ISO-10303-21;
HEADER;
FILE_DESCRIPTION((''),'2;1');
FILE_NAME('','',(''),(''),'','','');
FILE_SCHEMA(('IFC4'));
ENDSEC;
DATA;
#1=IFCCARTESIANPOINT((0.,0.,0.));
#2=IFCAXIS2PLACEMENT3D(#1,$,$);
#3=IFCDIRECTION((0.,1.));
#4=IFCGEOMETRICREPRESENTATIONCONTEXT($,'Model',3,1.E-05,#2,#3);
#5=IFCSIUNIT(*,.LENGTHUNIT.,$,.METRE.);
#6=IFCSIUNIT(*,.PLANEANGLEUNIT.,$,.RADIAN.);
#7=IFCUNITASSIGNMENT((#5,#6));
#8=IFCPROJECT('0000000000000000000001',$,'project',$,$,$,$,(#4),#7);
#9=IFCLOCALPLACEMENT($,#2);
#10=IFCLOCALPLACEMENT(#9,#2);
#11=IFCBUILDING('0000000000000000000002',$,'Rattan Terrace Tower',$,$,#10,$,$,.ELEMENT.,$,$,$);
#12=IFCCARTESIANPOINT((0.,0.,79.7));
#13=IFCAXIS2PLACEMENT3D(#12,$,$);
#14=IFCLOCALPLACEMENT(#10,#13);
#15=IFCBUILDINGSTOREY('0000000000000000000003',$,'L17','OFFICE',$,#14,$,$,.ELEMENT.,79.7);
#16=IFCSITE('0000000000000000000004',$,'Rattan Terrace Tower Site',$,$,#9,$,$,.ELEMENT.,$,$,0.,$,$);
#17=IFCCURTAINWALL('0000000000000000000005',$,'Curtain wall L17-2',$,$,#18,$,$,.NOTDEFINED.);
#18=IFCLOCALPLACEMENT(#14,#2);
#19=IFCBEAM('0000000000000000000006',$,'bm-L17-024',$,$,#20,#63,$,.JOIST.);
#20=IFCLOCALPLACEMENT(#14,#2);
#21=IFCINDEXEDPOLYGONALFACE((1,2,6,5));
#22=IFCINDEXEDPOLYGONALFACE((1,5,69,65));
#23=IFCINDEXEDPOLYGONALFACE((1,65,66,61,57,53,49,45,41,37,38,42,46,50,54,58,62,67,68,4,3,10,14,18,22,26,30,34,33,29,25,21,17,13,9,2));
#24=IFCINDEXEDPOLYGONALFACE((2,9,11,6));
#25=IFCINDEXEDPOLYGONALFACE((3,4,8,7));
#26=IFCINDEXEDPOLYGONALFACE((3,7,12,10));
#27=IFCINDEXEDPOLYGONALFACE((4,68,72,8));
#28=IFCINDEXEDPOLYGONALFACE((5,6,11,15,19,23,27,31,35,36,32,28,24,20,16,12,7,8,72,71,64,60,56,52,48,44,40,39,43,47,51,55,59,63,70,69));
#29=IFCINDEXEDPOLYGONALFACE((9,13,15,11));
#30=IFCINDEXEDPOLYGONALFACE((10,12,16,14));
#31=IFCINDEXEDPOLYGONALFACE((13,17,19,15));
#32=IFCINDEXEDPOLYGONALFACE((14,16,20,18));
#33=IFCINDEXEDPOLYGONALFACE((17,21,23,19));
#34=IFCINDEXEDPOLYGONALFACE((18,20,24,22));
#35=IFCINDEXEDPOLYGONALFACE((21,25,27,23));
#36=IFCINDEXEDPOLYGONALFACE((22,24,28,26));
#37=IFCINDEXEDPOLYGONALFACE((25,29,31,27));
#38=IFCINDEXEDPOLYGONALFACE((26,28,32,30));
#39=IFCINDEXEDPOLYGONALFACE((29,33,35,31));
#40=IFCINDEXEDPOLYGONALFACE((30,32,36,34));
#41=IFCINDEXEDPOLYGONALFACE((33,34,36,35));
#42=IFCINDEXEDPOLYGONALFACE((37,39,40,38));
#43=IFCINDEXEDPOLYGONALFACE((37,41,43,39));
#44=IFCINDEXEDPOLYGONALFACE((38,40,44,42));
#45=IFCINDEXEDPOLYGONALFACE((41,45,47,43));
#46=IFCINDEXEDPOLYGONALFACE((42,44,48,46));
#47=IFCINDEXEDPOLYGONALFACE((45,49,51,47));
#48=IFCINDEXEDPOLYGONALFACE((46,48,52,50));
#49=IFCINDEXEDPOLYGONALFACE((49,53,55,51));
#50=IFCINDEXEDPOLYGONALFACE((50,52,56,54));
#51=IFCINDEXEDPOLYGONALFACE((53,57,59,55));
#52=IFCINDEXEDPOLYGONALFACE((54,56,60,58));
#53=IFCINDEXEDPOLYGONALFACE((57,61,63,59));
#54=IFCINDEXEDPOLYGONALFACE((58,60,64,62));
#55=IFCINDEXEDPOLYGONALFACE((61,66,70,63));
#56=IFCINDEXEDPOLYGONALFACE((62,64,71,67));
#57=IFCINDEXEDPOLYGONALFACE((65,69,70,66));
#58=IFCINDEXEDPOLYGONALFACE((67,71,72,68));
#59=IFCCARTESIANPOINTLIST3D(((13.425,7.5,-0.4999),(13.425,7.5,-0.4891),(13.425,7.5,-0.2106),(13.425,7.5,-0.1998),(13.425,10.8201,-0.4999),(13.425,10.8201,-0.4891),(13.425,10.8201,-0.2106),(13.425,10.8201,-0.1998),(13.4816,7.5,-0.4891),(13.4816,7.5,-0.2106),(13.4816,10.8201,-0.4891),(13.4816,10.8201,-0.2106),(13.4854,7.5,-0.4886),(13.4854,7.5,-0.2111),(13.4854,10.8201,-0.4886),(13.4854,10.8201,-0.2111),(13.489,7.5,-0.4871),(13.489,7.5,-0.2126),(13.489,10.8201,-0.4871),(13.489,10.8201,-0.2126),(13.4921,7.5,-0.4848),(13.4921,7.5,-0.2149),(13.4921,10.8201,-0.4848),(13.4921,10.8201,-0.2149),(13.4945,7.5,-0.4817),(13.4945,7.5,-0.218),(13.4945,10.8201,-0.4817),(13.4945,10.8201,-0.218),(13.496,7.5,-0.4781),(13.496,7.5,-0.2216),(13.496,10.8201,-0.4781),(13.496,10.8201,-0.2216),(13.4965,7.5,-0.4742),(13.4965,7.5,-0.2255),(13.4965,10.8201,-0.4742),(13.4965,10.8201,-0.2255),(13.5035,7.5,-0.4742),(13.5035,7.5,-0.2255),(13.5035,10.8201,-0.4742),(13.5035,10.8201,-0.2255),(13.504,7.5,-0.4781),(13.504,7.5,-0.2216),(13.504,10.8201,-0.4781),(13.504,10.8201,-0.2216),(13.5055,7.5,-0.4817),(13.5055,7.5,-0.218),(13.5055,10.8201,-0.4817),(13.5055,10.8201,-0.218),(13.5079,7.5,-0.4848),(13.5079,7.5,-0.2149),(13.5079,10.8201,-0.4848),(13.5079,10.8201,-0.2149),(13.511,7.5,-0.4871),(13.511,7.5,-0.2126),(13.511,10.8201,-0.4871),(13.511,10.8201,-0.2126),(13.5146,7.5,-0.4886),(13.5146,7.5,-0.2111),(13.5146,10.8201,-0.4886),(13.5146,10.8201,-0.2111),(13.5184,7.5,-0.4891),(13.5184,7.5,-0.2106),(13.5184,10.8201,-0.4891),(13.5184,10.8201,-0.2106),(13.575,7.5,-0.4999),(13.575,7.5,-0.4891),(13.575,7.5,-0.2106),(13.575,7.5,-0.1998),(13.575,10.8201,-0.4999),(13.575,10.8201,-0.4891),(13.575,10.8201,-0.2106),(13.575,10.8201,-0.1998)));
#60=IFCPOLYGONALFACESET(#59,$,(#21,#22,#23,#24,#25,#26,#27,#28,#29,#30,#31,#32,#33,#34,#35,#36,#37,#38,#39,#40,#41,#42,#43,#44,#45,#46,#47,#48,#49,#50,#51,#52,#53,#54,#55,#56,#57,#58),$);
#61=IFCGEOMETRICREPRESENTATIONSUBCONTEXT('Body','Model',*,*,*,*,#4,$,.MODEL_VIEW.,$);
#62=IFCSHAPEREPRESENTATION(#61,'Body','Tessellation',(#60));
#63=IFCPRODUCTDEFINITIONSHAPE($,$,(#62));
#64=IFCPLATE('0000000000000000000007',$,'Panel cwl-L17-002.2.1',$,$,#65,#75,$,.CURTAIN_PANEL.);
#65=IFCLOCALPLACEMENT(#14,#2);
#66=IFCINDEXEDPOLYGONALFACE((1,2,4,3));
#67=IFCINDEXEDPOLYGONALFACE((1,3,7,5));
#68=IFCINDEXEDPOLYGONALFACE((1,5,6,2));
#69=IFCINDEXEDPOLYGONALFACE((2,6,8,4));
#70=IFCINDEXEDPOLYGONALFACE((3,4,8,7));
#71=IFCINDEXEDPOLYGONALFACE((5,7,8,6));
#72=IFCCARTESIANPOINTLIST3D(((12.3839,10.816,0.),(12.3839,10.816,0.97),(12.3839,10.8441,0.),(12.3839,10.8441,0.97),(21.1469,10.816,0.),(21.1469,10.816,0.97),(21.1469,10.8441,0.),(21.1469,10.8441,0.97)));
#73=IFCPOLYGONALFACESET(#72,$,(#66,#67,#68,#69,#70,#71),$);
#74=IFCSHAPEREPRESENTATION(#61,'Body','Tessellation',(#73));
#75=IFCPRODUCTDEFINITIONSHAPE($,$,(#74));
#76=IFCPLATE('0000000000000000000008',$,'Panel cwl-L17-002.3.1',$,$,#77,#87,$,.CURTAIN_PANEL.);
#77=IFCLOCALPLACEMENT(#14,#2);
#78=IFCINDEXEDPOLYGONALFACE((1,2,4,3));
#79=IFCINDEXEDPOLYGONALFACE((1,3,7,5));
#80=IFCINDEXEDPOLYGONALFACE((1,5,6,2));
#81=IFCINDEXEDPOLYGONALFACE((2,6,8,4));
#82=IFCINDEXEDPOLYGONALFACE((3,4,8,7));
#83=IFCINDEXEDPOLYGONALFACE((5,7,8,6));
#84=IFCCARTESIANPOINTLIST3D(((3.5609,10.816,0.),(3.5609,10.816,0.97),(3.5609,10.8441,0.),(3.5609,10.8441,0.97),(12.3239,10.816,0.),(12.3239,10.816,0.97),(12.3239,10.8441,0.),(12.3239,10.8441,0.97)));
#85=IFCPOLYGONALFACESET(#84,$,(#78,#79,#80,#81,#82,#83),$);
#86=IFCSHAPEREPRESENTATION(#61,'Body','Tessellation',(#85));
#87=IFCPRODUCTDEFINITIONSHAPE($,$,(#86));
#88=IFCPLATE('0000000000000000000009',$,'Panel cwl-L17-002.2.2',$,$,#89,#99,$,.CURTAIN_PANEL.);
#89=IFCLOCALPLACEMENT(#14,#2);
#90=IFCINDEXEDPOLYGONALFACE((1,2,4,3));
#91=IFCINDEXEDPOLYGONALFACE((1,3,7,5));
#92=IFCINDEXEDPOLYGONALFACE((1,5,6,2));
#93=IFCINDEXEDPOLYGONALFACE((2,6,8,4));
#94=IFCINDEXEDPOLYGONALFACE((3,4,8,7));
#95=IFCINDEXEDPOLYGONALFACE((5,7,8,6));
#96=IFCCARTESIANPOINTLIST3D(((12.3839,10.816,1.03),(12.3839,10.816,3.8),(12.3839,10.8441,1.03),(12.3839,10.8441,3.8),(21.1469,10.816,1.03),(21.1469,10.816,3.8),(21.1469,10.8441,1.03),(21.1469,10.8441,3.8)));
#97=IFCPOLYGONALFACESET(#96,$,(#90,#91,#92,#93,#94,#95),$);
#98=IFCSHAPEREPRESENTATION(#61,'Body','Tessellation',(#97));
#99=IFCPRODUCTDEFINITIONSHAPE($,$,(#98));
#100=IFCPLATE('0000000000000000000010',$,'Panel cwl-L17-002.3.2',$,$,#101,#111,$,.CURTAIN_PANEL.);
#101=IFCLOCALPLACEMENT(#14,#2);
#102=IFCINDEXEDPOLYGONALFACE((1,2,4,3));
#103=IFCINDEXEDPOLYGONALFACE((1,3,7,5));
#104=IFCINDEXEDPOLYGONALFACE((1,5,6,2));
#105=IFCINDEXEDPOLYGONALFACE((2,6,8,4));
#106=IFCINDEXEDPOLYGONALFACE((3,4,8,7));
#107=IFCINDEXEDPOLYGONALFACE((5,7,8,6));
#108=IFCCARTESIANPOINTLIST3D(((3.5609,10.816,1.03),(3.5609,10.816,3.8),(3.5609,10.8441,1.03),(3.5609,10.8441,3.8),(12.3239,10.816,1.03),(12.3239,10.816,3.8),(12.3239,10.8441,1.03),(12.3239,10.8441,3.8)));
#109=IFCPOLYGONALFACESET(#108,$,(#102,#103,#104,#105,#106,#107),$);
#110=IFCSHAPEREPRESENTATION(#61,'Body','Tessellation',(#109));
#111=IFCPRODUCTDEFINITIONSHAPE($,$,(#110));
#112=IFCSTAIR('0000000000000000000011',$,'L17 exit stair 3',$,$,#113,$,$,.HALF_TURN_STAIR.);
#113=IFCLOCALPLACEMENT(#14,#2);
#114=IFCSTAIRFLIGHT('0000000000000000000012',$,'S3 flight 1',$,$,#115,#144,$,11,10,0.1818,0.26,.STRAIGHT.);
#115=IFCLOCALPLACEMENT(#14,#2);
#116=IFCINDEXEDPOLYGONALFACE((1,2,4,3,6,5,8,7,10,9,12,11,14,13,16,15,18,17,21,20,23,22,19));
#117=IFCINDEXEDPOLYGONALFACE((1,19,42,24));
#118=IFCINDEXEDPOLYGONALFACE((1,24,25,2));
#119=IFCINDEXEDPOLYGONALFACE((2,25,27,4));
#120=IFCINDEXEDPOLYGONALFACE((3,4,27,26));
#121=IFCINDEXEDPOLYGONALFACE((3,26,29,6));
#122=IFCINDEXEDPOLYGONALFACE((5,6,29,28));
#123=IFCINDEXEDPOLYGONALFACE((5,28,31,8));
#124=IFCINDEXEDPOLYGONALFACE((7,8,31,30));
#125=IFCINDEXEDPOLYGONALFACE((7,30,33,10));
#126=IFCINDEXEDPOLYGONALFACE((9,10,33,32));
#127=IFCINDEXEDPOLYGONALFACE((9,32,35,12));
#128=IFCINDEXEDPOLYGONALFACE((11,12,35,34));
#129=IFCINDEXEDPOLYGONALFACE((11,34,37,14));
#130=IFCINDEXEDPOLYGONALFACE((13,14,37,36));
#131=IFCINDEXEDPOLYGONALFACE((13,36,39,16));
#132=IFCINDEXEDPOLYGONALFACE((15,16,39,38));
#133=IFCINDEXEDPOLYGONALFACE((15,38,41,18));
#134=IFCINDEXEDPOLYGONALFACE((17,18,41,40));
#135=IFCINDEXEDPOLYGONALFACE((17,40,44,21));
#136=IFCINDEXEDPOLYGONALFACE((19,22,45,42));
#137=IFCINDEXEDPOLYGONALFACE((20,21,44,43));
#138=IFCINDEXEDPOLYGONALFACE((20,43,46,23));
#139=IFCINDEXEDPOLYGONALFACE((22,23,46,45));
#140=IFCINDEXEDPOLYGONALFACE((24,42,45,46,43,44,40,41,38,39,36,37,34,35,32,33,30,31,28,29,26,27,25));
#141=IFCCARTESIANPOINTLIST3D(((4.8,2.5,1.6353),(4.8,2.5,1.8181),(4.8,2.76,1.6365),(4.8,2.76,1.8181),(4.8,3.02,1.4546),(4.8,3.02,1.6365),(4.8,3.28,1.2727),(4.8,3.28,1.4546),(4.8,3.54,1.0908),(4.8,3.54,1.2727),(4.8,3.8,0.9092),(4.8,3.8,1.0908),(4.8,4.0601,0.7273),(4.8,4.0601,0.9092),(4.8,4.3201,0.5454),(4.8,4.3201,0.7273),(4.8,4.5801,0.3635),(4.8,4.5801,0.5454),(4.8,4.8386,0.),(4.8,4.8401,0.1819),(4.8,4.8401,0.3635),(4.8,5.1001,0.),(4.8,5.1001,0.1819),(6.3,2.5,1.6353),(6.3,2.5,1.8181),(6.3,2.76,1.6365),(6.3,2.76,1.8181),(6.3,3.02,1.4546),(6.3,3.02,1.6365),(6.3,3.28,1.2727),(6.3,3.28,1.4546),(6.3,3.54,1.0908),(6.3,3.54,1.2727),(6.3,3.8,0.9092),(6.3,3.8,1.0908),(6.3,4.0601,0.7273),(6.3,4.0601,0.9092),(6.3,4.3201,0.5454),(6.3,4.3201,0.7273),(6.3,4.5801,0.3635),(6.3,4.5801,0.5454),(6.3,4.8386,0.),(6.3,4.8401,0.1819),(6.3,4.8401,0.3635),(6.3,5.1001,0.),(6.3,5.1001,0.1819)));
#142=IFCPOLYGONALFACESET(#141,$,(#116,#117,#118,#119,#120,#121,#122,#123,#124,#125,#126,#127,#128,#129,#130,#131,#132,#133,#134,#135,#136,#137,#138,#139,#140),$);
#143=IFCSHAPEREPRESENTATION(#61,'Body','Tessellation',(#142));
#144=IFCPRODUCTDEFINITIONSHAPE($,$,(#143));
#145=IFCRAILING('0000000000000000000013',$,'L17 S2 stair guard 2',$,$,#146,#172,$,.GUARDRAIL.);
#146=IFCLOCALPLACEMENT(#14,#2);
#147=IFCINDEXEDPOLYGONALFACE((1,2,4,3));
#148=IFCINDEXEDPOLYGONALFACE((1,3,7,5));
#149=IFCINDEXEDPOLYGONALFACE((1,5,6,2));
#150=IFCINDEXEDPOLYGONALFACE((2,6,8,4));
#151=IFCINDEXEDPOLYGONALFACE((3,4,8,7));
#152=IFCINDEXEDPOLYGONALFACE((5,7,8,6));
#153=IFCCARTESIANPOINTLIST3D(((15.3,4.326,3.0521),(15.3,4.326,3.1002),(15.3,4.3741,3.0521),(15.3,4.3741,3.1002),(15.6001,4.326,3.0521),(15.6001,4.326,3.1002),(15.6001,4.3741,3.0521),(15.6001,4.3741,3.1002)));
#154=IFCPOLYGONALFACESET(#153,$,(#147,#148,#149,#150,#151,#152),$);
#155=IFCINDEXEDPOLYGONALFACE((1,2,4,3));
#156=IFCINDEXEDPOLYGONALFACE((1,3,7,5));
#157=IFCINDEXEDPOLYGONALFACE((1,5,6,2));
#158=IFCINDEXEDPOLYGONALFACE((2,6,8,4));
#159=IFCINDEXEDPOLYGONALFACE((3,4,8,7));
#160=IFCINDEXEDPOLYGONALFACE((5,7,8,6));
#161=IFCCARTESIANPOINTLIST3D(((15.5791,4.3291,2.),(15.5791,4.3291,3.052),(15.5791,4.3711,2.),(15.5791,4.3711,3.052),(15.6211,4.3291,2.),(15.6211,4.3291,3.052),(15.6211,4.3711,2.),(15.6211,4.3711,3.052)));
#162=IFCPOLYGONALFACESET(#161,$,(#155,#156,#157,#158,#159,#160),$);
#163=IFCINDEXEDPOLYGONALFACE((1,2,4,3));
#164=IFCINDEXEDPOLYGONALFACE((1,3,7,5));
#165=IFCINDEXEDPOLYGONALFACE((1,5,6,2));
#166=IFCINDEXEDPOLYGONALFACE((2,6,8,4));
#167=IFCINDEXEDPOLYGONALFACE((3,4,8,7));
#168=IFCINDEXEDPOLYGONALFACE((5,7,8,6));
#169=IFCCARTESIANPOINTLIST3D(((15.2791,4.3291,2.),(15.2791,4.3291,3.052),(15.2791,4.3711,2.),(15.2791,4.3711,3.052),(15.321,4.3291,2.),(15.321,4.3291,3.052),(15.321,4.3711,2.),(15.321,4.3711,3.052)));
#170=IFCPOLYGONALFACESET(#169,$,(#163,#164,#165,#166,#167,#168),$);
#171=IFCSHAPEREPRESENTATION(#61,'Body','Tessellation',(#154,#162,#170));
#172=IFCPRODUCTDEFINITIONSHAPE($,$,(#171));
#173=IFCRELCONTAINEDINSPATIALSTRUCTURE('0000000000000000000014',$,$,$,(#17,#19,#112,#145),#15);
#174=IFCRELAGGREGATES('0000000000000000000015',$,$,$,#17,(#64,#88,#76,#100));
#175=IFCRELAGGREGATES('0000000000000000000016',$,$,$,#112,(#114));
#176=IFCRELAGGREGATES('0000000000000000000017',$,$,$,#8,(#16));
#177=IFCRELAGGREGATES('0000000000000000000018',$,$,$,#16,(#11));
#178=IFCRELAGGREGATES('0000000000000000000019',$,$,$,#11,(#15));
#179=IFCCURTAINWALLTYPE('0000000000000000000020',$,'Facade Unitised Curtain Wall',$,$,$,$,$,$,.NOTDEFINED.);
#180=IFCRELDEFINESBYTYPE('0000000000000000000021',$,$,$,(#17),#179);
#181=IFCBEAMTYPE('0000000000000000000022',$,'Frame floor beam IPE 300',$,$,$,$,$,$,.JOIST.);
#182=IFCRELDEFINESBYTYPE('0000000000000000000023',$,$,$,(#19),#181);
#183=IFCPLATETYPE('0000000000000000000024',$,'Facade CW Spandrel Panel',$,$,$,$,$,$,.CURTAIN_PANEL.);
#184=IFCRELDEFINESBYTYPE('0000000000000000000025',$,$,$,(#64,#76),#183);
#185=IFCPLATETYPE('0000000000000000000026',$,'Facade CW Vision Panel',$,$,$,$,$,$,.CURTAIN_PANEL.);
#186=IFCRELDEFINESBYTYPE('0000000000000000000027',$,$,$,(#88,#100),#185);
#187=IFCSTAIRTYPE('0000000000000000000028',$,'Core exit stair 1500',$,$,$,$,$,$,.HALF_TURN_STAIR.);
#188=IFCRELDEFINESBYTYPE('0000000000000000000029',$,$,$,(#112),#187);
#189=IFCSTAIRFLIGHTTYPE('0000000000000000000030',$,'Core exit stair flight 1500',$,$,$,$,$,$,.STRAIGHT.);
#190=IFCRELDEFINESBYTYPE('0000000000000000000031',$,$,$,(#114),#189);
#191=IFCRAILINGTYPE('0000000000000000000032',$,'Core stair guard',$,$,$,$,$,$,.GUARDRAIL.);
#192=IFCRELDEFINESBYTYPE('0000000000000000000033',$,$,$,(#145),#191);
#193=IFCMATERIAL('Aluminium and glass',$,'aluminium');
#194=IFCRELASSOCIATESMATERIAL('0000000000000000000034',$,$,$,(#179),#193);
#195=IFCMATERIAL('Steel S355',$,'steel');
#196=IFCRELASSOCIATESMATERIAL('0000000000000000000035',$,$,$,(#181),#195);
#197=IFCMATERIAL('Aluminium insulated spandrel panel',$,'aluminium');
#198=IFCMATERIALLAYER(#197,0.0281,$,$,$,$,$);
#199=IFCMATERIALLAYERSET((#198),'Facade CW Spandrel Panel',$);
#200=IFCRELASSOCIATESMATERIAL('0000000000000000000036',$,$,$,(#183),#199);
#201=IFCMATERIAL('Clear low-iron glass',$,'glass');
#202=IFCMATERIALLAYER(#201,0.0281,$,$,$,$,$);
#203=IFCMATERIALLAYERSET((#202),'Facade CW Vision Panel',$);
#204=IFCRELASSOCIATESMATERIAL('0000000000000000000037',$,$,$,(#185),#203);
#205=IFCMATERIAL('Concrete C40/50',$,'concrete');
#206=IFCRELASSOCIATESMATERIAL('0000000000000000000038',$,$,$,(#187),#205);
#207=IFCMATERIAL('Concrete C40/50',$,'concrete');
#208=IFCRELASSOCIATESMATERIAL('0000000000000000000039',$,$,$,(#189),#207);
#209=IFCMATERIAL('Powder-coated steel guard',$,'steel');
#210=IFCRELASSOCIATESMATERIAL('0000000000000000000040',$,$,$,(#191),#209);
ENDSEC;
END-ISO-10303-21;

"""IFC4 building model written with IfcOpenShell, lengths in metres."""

from ifc_helpers import new_model, si_unit, direction, frame, origin, origin_2d, place, context, subcontext, project, spatial, polyline, rectangle, i_section, outline, extrude, material, layer, layer_set, material_profile, profile_set, type_object, element, aggregate, save


model = new_model("IFC4")

# Units and contexts
model_context = context("Model", 3, precision=1e-05, world=origin(), true_north=direction((0.0, 1.0)))
body_context = subcontext(model_context, "Body", "Model", "MODEL_VIEW")
ifc_project = project(units=[si_unit("LENGTHUNIT", "METRE"), si_unit("PLANEANGLEUNIT", "RADIAN")], contexts=[model_context])

# Site, building, storey
site_placement = place(None, origin())
site = spatial("IfcSite", under=ifc_project, at=site_placement, Name="Rattan Terrace Tower Site", CompositionType="ELEMENT", RefElevation=0.0)
building_placement = place(site_placement, origin())
building = spatial("IfcBuilding", under=site, at=building_placement, Name="Rattan Terrace Tower", CompositionType="ELEMENT")
storey_placement = place(building_placement, frame((0.0, 0.0, 79.7)))
storey = spatial("IfcBuildingStorey", under=building, at=storey_placement, Name="L17", Description="OFFICE", CompositionType="ELEMENT", Elevation=79.7)

# Curtain wall
ifc_material_1 = material(Name="Aluminium and glass", Category="aluminium")
curtain_wall_type = type_object("IfcCurtainWallType", Name="Facade Unitised Curtain Wall", PredefinedType="NOTDEFINED", material=ifc_material_1)
curtain_wall_placement = place(storey_placement, origin())
curtain_wall = element("IfcCurtainWall", 1, at=curtain_wall_placement, inside=storey, type_object=curtain_wall_type, Name="Curtain wall L17-2", PredefinedType="NOTDEFINED")

# Beam
ifc_material_2 = material(Name="Steel S355", Category="steel")
ifc_material_profile_1 = material_profile(ifc_material_2, i_section(OverallWidth=0.1499, OverallDepth=0.3, WebThickness=0.0071, FlangeThickness=0.0107, FilletRadius=0.0149, at=origin_2d()), Name="IPE 300")
ifc_profile_set_1 = profile_set([ifc_material_profile_1], Name="Steel S355")
beam_type_1 = type_object("IfcBeamType", Name="Frame floor beam IPE 300", PredefinedType="JOIST", material=ifc_profile_set_1)
for number, where, z_axis, x_axis, name in (
    (2, (13.5, 7.5, -0.3499), (0.0, 1.0, 0.0), (-1.0, 0.0, 0.0), "bm-L17-024"),
):
    element("IfcBeam", number, at=place(storey_placement, frame(where, z_axis=z_axis, x_axis=x_axis)), inside=storey, type_object=beam_type_1, Name=name, PredefinedType="JOIST", context=body_context, shape_type="SweptSolid", body=[
        extrude(i_section(OverallWidth=0.1499, OverallDepth=0.3, WebThickness=0.0071, FlangeThickness=0.0107, FilletRadius=0.0149, at=origin_2d()), origin(), (0.0, 0.0, 1.0), 3.3201),
    ])

# Plates
ifc_material_3 = material(Name="Aluminium insulated spandrel panel", Category="aluminium")
ifc_layer_1 = layer(ifc_material_3, 0.0281)
ifc_layer_set_1 = layer_set([ifc_layer_1], Name="Facade CW Spandrel Panel")
plate_type_1 = type_object("IfcPlateType", Name="Facade CW Spandrel Panel", PredefinedType="CURTAIN_PANEL", material=ifc_layer_set_1)
plate_1_placement = place(storey_placement, frame((16.7654, 10.8301, 0.0), z_axis=(0.0, 0.0, 1.0), x_axis=(-1.0, 0.0, 0.0)))
plate_1 = element("IfcPlate", 3, at=plate_1_placement, type_object=plate_type_1, Name="Panel cwl-L17-002.2.1", PredefinedType="CURTAIN_PANEL", context=body_context, shape_type="SweptSolid", body=[
    extrude(rectangle(XDim=8.7629, YDim=0.0281, at=origin_2d()), origin(), (0.0, 0.0, 1.0), 0.97),
])
plate_2_placement = place(storey_placement, frame((7.9424, 10.8301, 0.0), z_axis=(0.0, 0.0, 1.0), x_axis=(-1.0, 0.0, 0.0)))
plate_2 = element("IfcPlate", 4, at=plate_2_placement, type_object=plate_type_1, Name="Panel cwl-L17-002.3.1", PredefinedType="CURTAIN_PANEL", context=body_context, shape_type="SweptSolid", body=[
    extrude(rectangle(XDim=8.7629, YDim=0.0281, at=origin_2d()), origin(), (0.0, 0.0, 1.0), 0.97),
])
ifc_material_4 = material(Name="Clear low-iron glass", Category="glass")
ifc_layer_2 = layer(ifc_material_4, 0.0281)
ifc_layer_set_2 = layer_set([ifc_layer_2], Name="Facade CW Vision Panel")
plate_type_2 = type_object("IfcPlateType", Name="Facade CW Vision Panel", PredefinedType="CURTAIN_PANEL", material=ifc_layer_set_2)
plate_3_placement = place(storey_placement, frame((16.7654, 10.8301, 1.03), z_axis=(0.0, 0.0, 1.0), x_axis=(-1.0, 0.0, 0.0)))
plate_3 = element("IfcPlate", 5, at=plate_3_placement, type_object=plate_type_2, Name="Panel cwl-L17-002.2.2", PredefinedType="CURTAIN_PANEL", context=body_context, shape_type="SweptSolid", body=[
    extrude(rectangle(XDim=8.7629, YDim=0.0281, at=origin_2d()), origin(), (0.0, 0.0, 1.0), 2.77),
])
plate_4_placement = place(storey_placement, frame((7.9424, 10.8301, 1.03), z_axis=(0.0, 0.0, 1.0), x_axis=(-1.0, 0.0, 0.0)))
plate_4 = element("IfcPlate", 6, at=plate_4_placement, type_object=plate_type_2, Name="Panel cwl-L17-002.3.2", PredefinedType="CURTAIN_PANEL", context=body_context, shape_type="SweptSolid", body=[
    extrude(rectangle(XDim=8.7629, YDim=0.0281, at=origin_2d()), origin(), (0.0, 0.0, 1.0), 2.77),
])
aggregate(curtain_wall, [plate_1, plate_3, plate_2, plate_4])

# Stair, stair flight
ifc_material_5 = material(Name="Concrete C40/50", Category="concrete")
stair_type = type_object("IfcStairType", Name="Core exit stair 1500", PredefinedType="HALF_TURN_STAIR", material=ifc_material_5)
stair_placement = place(storey_placement, origin())
stair = element("IfcStair", 7, at=stair_placement, inside=storey, type_object=stair_type, Name="L17 exit stair 3", PredefinedType="HALF_TURN_STAIR")
ifc_material_6 = material(Name="Concrete C40/50", Category="concrete")
stair_flight_type = type_object("IfcStairFlightType", Name="Core exit stair flight 1500", PredefinedType="STRAIGHT", material=ifc_material_6)
stair_flight_placement = place(storey_placement, frame((5.55, 5.1001, 0.0), z_axis=(0.0, 0.0, 1.0), x_axis=(0.0, -1.0, 0.0)))
stair_flight = element("IfcStairFlight", 8, at=stair_flight_placement, type_object=stair_flight_type, Name="S3 flight 1", NumberOfRisers=11, NumberOfTreads=10, PredefinedType="STRAIGHT", RiserHeight=0.1818, TreadLength=0.26, context=body_context, shape_type="SweptSolid", body=[
    extrude(outline(polyline([(0.0, 0.0), (0.0, 0.1819), (0.26, 0.1819), (0.26, 0.3635), (0.52, 0.3635), (0.52, 0.5454), (0.78, 0.5454), (0.78, 0.7273), (1.04, 0.7273), (1.04, 0.9092), (1.3, 0.9092), (1.3, 1.0908), (1.5601, 1.0908), (1.5601, 1.2727), (1.8201, 1.2727), (1.8201, 1.4546), (2.0801, 1.4546), (2.0801, 1.6365), (2.3401, 1.6365), (2.3401, 1.8181), (2.6001, 1.8181), (2.6001, 2.0), (2.6001, 1.6353), (0.2615, 0.0), (0.0, 0.0)])), frame((0.0, 0.75, 0.0), z_axis=(0.0, -1.0, 0.0), x_axis=(1.0, 0.0, 0.0)), (0.0, 0.0, 1.0), 1.5),
])
aggregate(stair, [stair_flight])

# Railing
ifc_material_7 = material(Name="Powder-coated steel guard", Category="steel")
railing_type_1 = type_object("IfcRailingType", Name="Core stair guard", PredefinedType="GUARDRAIL", material=ifc_material_7)
railing_1_placement = place(storey_placement, frame((15.6001, 4.3501, 2.0)))
element("IfcRailing", 9, at=railing_1_placement, inside=storey, type_object=railing_type_1, Name="L17 S2 stair guard 2", PredefinedType="GUARDRAIL", context=body_context, shape_type="SweptSolid", body=[
    extrude(rectangle(XDim=0.0481, YDim=0.0481, at=origin_2d()), frame((0.0, 0.0, 1.0762), z_axis=(-1.0, 0.0, 0.0), x_axis=(0.0, -1.0, 0.0)), (0.0, 0.0, 1.0), 0.3),
    extrude(rectangle(XDim=0.042, YDim=0.042, at=origin_2d()), origin(), (0.0, 0.0, 1.0), 1.052),
    extrude(rectangle(XDim=0.042, YDim=0.042, at=origin_2d()), frame((-0.3, 0.0, 0.0)), (0.0, 0.0, 1.0), 1.052),
])

save(model, "model.ifc")
